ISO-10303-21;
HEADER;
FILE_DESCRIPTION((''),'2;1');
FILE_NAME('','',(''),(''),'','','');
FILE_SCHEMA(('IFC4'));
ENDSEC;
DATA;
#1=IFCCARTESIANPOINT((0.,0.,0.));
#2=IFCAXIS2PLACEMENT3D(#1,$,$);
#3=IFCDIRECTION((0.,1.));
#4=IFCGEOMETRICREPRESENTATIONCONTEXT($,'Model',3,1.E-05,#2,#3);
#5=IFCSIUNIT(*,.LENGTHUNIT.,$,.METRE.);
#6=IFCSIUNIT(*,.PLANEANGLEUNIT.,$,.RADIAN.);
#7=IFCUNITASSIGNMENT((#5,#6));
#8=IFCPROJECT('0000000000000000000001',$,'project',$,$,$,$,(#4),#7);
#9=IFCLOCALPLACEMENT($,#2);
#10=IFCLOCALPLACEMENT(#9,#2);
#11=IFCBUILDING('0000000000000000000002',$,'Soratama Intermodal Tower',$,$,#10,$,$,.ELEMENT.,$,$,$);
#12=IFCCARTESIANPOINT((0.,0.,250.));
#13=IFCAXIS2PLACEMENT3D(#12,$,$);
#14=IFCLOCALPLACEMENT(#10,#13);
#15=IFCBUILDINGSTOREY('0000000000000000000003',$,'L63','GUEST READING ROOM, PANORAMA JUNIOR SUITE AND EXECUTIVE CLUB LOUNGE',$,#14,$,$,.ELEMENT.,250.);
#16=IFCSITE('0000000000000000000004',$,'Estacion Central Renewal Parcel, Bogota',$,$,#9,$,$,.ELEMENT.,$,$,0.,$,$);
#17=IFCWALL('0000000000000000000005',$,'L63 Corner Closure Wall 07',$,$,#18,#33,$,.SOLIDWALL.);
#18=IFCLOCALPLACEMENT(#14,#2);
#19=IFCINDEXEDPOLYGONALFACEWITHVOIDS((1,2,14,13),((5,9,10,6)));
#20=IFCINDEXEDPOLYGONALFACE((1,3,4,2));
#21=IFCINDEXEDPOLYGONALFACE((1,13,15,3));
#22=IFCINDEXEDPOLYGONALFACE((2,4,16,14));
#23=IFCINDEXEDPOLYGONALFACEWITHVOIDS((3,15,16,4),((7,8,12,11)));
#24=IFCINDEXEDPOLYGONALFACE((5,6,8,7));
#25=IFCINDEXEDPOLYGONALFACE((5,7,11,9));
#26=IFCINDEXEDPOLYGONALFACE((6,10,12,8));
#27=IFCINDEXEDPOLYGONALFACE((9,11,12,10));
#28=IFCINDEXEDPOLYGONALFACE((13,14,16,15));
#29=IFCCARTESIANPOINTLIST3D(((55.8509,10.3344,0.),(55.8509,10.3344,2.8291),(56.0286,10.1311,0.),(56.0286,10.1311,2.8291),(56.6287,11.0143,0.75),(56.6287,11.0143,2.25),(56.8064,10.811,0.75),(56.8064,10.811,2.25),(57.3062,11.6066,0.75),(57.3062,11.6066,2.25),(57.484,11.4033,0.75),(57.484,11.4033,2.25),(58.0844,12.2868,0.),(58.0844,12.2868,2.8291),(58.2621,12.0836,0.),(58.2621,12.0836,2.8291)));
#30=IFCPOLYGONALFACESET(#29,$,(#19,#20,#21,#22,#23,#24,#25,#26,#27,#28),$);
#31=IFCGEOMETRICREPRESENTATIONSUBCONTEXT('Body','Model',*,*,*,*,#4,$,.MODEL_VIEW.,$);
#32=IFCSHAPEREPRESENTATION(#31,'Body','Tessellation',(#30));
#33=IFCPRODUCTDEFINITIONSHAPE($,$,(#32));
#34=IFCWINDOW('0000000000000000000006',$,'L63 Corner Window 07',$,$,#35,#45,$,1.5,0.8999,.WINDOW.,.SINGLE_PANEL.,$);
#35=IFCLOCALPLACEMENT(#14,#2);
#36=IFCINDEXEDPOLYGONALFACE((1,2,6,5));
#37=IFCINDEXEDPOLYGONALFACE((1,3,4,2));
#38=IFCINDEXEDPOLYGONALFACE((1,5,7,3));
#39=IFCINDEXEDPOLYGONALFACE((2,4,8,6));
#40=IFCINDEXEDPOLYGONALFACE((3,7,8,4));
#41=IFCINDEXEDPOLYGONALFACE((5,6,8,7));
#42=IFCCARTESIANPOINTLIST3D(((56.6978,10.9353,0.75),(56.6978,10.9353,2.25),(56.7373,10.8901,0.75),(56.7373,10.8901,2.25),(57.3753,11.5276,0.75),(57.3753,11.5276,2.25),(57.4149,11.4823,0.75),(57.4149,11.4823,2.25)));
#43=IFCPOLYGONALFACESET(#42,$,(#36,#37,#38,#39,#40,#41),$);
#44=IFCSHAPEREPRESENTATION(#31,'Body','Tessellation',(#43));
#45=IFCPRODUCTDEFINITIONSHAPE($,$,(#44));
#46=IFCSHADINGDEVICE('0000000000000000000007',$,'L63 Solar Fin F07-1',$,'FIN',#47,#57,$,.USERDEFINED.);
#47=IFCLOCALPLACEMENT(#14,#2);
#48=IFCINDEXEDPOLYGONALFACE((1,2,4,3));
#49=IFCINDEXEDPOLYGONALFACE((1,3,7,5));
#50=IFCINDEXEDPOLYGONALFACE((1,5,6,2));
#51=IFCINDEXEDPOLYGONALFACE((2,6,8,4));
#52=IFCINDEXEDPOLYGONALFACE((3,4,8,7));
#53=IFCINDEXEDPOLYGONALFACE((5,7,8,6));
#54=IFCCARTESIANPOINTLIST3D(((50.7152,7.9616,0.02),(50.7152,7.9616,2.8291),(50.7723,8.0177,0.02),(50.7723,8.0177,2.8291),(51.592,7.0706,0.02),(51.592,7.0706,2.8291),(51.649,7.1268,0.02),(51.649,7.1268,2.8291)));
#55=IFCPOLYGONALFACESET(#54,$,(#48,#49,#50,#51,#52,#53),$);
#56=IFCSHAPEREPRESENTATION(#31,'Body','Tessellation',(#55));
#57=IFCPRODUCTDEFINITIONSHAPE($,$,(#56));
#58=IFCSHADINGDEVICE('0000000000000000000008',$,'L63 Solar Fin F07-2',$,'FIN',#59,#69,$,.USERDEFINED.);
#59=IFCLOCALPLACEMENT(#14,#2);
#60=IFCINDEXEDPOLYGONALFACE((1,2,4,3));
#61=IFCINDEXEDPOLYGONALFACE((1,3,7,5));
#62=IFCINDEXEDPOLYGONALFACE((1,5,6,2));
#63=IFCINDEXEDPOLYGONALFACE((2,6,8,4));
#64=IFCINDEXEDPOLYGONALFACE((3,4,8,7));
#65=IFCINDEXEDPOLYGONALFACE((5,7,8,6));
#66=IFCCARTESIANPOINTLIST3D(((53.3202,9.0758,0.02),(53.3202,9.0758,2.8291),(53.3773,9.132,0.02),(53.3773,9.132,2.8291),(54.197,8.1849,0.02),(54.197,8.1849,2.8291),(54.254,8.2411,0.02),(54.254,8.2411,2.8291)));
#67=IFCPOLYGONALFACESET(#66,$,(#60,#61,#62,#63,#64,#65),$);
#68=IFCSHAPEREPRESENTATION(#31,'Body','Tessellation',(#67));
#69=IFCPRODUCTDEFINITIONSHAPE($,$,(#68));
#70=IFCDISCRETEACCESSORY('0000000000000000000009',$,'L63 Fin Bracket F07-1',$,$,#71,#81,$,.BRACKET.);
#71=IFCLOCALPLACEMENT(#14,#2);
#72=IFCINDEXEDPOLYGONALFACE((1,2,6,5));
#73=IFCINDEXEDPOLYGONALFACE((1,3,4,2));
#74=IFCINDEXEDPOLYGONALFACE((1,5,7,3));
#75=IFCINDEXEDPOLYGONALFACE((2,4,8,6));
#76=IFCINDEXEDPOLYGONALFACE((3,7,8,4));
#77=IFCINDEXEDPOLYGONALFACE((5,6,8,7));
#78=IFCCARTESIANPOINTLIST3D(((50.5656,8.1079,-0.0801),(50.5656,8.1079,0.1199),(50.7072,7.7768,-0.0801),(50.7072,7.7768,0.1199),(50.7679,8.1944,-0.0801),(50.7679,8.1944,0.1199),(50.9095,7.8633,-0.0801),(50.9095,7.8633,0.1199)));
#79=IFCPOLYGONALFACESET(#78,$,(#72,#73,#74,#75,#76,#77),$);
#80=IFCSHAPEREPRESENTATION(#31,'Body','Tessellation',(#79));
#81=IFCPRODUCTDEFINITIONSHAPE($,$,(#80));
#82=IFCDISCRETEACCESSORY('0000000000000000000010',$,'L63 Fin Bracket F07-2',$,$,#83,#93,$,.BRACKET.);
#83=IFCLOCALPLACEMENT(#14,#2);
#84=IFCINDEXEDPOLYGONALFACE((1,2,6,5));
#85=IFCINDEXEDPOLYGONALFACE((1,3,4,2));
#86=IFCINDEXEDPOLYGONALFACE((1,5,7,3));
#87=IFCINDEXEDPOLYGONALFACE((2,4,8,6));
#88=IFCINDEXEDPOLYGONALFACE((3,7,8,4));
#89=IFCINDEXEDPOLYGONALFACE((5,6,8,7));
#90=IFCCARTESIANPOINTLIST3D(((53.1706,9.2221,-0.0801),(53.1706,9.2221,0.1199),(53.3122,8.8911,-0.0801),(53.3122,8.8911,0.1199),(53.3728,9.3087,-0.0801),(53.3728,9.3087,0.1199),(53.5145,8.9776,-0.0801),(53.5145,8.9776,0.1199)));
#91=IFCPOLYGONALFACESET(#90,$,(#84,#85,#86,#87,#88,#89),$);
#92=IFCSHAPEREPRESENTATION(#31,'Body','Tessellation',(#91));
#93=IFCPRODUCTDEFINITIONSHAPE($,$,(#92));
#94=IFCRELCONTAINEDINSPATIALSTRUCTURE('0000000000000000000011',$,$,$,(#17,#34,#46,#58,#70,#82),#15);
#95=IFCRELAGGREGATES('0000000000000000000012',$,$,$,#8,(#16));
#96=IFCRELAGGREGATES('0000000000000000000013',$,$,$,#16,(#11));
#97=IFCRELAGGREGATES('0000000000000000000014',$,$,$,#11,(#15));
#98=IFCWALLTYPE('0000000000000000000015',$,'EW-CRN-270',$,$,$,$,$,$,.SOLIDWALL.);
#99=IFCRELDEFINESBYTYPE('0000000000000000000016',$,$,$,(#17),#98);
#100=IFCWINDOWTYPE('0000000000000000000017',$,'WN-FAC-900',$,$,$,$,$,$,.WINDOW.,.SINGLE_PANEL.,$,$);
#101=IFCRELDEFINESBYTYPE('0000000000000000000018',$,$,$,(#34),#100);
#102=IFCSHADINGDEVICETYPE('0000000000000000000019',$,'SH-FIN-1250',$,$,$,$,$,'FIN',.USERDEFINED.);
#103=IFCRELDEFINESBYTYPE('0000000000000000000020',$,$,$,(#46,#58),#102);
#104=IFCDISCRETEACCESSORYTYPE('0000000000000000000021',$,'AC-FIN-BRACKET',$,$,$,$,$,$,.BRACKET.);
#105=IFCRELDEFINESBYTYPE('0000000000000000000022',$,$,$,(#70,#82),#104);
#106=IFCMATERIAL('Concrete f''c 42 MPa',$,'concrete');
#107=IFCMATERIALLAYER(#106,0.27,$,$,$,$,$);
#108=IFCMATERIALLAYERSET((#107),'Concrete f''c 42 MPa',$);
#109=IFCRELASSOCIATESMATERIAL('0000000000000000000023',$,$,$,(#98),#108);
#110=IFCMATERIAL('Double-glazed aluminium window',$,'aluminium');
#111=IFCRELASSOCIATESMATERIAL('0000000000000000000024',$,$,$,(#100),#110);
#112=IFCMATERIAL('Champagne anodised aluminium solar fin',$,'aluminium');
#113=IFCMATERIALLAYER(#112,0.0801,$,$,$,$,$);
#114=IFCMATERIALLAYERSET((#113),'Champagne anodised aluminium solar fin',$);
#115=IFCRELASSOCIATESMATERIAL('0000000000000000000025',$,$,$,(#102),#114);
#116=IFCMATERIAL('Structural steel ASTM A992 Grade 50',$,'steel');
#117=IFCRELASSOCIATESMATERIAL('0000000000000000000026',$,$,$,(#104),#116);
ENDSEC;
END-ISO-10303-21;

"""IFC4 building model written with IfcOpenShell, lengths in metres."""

from ifc_helpers import new_model, si_unit, direction, frame, frame_2d, origin, origin_2d, place, context, subcontext, project, spatial, rectangle, extrude, material, layer, layer_set, type_object, element, fill, save


model = new_model("IFC4")

# Units and contexts
model_context = context("Model", 3, precision=1e-05, world=origin(), true_north=direction((0.0, 1.0)))
body_context = subcontext(model_context, "Body", "Model", "MODEL_VIEW")
ifc_project = project(units=[si_unit("LENGTHUNIT", "METRE"), si_unit("PLANEANGLEUNIT", "RADIAN")], contexts=[model_context])

# Site, building, storey
site_placement = place(None, origin())
site = spatial("IfcSite", under=ifc_project, at=site_placement, Name="Estacion Central Renewal Parcel, Bogota", CompositionType="ELEMENT", RefElevation=0.0)
building_placement = place(site_placement, origin())
building = spatial("IfcBuilding", under=site, at=building_placement, Name="Soratama Intermodal Tower", CompositionType="ELEMENT")
storey_placement = place(building_placement, frame((0.0, 0.0, 250.0)))
storey = spatial("IfcBuildingStorey", under=building, at=storey_placement, Name="L63", Description="GUEST READING ROOM, PANORAMA JUNIOR SUITE AND EXECUTIVE CLUB LOUNGE", CompositionType="ELEMENT", Elevation=250.0)

# Wall, opening, window
ifc_material_1 = material(Name="Concrete f'c 42 MPa", Category="concrete")
ifc_layer_1 = layer(ifc_material_1, 0.27)
ifc_layer_set_1 = layer_set([ifc_layer_1], Name="Concrete f'c 42 MPa")
wall_type = type_object("IfcWallType", Name="EW-CRN-270", PredefinedType="SOLIDWALL", material=ifc_layer_set_1)
wall_placement = place(storey_placement, frame((55.9397, 10.2327, 0.0), z_axis=(0.0, 0.0, 1.0), x_axis=(0.752883, 0.658155, 0.0)))
wall = element("IfcWall", 1, at=wall_placement, inside=storey, type_object=wall_type, Name="L63 Corner Closure Wall 07", PredefinedType="SOLIDWALL", context=body_context, shape_type="SweptSolid", body=[
    extrude(rectangle(XDim=2.9666, YDim=0.27, at=frame_2d((1.4834, 0.0))), origin(), (0.0, 0.0, 1.0), 2.8291),
])
opening_placement = place(wall_placement, frame((1.0332, 0.0, 0.75)))
opening = element("IfcOpeningElement", 2, at=opening_placement, cuts=wall, PredefinedType="OPENING", context=body_context, shape_type="SweptSolid", body=[
    extrude(rectangle(XDim=0.8999, YDim=1.5, at=frame_2d((0.45, 0.75))), frame((0.0, 0.145, 0.0), z_axis=(0.0, -1.0, 0.0), x_axis=(1.0, 0.0, 0.0)), (0.0, 0.0, 1.0), 0.29),
])
ifc_material_2 = material(Name="Double-glazed aluminium window", Category="aluminium")
window_type = type_object("IfcWindowType", Name="WN-FAC-900", PartitioningType="SINGLE_PANEL", PredefinedType="WINDOW", material=ifc_material_2)
window_placement = place(opening_placement, origin())
window = element("IfcWindow", 3, at=window_placement, inside=storey, type_object=window_type, Name="L63 Corner Window 07", OverallHeight=1.5, OverallWidth=0.8999, PartitioningType="SINGLE_PANEL", PredefinedType="WINDOW", context=body_context, shape_type="SweptSolid", body=[
    extrude(rectangle(XDim=0.8999, YDim=1.5, at=frame_2d((0.45, 0.75))), frame((0.0, 0.03, 0.0), z_axis=(0.0, -1.0, 0.0), x_axis=(1.0, 0.0, 0.0)), (0.0, 0.0, 1.0), 0.0601),
])
fill(opening, window)

# Shading devices
ifc_material_3 = material(Name="Champagne anodised aluminium solar fin", Category="aluminium")
ifc_layer_2 = layer(ifc_material_3, 0.0801)
ifc_layer_set_2 = layer_set([ifc_layer_2], Name="Champagne anodised aluminium solar fin")
shading_device_type = type_object("IfcShadingDeviceType", Name="SH-FIN-1250", ElementType="FIN", PredefinedType="USERDEFINED", material=ifc_layer_set_2)
for number, where, z_axis, x_axis, name in (
    (4, (51.1821, 7.5442, 0.02), (0.0, 0.0, 1.0), (0.701407, -0.712761, 0.0), "L63 Solar Fin F07-1"),
    (5, (53.7871, 8.6584, 0.02), (0.0, 0.0, 1.0), (0.701407, -0.712761, 0.0), "L63 Solar Fin F07-2"),
):
    element("IfcShadingDevice", number, at=place(storey_placement, frame(where, z_axis=z_axis, x_axis=x_axis)), inside=storey, type_object=shading_device_type, Name=name, ObjectType="FIN", PredefinedType="USERDEFINED", context=body_context, shape_type="SweptSolid", body=[
        extrude(rectangle(XDim=1.25, YDim=0.0801, at=origin_2d()), origin(), (0.0, 0.0, 1.0), 2.8091),
    ])

# Discrete accessories
ifc_material_4 = material(Name="Structural steel ASTM A992 Grade 50", Category="steel")
discrete_accessory_type = type_object("IfcDiscreteAccessoryType", Name="AC-FIN-BRACKET", PredefinedType="BRACKET", material=ifc_material_4)
for number, where, z_axis, x_axis, name in (
    (6, (50.7375, 7.9856, -0.0801), (0.0, 0.0, 1.0), (0.3933, -0.91941, 0.0), "L63 Fin Bracket F07-1"),
    (7, (53.3425, 9.0999, -0.0801), (0.0, 0.0, 1.0), (0.3933, -0.91941, 0.0), "L63 Fin Bracket F07-2"),
):
    element("IfcDiscreteAccessory", number, at=place(storey_placement, frame(where, z_axis=z_axis, x_axis=x_axis)), inside=storey, type_object=discrete_accessory_type, Name=name, PredefinedType="BRACKET", context=body_context, shape_type="SweptSolid", body=[
        extrude(rectangle(XDim=0.3601, YDim=0.22, at=origin_2d()), origin(), (0.0, 0.0, 1.0), 0.2),
    ])

save(model, "model.ifc")
